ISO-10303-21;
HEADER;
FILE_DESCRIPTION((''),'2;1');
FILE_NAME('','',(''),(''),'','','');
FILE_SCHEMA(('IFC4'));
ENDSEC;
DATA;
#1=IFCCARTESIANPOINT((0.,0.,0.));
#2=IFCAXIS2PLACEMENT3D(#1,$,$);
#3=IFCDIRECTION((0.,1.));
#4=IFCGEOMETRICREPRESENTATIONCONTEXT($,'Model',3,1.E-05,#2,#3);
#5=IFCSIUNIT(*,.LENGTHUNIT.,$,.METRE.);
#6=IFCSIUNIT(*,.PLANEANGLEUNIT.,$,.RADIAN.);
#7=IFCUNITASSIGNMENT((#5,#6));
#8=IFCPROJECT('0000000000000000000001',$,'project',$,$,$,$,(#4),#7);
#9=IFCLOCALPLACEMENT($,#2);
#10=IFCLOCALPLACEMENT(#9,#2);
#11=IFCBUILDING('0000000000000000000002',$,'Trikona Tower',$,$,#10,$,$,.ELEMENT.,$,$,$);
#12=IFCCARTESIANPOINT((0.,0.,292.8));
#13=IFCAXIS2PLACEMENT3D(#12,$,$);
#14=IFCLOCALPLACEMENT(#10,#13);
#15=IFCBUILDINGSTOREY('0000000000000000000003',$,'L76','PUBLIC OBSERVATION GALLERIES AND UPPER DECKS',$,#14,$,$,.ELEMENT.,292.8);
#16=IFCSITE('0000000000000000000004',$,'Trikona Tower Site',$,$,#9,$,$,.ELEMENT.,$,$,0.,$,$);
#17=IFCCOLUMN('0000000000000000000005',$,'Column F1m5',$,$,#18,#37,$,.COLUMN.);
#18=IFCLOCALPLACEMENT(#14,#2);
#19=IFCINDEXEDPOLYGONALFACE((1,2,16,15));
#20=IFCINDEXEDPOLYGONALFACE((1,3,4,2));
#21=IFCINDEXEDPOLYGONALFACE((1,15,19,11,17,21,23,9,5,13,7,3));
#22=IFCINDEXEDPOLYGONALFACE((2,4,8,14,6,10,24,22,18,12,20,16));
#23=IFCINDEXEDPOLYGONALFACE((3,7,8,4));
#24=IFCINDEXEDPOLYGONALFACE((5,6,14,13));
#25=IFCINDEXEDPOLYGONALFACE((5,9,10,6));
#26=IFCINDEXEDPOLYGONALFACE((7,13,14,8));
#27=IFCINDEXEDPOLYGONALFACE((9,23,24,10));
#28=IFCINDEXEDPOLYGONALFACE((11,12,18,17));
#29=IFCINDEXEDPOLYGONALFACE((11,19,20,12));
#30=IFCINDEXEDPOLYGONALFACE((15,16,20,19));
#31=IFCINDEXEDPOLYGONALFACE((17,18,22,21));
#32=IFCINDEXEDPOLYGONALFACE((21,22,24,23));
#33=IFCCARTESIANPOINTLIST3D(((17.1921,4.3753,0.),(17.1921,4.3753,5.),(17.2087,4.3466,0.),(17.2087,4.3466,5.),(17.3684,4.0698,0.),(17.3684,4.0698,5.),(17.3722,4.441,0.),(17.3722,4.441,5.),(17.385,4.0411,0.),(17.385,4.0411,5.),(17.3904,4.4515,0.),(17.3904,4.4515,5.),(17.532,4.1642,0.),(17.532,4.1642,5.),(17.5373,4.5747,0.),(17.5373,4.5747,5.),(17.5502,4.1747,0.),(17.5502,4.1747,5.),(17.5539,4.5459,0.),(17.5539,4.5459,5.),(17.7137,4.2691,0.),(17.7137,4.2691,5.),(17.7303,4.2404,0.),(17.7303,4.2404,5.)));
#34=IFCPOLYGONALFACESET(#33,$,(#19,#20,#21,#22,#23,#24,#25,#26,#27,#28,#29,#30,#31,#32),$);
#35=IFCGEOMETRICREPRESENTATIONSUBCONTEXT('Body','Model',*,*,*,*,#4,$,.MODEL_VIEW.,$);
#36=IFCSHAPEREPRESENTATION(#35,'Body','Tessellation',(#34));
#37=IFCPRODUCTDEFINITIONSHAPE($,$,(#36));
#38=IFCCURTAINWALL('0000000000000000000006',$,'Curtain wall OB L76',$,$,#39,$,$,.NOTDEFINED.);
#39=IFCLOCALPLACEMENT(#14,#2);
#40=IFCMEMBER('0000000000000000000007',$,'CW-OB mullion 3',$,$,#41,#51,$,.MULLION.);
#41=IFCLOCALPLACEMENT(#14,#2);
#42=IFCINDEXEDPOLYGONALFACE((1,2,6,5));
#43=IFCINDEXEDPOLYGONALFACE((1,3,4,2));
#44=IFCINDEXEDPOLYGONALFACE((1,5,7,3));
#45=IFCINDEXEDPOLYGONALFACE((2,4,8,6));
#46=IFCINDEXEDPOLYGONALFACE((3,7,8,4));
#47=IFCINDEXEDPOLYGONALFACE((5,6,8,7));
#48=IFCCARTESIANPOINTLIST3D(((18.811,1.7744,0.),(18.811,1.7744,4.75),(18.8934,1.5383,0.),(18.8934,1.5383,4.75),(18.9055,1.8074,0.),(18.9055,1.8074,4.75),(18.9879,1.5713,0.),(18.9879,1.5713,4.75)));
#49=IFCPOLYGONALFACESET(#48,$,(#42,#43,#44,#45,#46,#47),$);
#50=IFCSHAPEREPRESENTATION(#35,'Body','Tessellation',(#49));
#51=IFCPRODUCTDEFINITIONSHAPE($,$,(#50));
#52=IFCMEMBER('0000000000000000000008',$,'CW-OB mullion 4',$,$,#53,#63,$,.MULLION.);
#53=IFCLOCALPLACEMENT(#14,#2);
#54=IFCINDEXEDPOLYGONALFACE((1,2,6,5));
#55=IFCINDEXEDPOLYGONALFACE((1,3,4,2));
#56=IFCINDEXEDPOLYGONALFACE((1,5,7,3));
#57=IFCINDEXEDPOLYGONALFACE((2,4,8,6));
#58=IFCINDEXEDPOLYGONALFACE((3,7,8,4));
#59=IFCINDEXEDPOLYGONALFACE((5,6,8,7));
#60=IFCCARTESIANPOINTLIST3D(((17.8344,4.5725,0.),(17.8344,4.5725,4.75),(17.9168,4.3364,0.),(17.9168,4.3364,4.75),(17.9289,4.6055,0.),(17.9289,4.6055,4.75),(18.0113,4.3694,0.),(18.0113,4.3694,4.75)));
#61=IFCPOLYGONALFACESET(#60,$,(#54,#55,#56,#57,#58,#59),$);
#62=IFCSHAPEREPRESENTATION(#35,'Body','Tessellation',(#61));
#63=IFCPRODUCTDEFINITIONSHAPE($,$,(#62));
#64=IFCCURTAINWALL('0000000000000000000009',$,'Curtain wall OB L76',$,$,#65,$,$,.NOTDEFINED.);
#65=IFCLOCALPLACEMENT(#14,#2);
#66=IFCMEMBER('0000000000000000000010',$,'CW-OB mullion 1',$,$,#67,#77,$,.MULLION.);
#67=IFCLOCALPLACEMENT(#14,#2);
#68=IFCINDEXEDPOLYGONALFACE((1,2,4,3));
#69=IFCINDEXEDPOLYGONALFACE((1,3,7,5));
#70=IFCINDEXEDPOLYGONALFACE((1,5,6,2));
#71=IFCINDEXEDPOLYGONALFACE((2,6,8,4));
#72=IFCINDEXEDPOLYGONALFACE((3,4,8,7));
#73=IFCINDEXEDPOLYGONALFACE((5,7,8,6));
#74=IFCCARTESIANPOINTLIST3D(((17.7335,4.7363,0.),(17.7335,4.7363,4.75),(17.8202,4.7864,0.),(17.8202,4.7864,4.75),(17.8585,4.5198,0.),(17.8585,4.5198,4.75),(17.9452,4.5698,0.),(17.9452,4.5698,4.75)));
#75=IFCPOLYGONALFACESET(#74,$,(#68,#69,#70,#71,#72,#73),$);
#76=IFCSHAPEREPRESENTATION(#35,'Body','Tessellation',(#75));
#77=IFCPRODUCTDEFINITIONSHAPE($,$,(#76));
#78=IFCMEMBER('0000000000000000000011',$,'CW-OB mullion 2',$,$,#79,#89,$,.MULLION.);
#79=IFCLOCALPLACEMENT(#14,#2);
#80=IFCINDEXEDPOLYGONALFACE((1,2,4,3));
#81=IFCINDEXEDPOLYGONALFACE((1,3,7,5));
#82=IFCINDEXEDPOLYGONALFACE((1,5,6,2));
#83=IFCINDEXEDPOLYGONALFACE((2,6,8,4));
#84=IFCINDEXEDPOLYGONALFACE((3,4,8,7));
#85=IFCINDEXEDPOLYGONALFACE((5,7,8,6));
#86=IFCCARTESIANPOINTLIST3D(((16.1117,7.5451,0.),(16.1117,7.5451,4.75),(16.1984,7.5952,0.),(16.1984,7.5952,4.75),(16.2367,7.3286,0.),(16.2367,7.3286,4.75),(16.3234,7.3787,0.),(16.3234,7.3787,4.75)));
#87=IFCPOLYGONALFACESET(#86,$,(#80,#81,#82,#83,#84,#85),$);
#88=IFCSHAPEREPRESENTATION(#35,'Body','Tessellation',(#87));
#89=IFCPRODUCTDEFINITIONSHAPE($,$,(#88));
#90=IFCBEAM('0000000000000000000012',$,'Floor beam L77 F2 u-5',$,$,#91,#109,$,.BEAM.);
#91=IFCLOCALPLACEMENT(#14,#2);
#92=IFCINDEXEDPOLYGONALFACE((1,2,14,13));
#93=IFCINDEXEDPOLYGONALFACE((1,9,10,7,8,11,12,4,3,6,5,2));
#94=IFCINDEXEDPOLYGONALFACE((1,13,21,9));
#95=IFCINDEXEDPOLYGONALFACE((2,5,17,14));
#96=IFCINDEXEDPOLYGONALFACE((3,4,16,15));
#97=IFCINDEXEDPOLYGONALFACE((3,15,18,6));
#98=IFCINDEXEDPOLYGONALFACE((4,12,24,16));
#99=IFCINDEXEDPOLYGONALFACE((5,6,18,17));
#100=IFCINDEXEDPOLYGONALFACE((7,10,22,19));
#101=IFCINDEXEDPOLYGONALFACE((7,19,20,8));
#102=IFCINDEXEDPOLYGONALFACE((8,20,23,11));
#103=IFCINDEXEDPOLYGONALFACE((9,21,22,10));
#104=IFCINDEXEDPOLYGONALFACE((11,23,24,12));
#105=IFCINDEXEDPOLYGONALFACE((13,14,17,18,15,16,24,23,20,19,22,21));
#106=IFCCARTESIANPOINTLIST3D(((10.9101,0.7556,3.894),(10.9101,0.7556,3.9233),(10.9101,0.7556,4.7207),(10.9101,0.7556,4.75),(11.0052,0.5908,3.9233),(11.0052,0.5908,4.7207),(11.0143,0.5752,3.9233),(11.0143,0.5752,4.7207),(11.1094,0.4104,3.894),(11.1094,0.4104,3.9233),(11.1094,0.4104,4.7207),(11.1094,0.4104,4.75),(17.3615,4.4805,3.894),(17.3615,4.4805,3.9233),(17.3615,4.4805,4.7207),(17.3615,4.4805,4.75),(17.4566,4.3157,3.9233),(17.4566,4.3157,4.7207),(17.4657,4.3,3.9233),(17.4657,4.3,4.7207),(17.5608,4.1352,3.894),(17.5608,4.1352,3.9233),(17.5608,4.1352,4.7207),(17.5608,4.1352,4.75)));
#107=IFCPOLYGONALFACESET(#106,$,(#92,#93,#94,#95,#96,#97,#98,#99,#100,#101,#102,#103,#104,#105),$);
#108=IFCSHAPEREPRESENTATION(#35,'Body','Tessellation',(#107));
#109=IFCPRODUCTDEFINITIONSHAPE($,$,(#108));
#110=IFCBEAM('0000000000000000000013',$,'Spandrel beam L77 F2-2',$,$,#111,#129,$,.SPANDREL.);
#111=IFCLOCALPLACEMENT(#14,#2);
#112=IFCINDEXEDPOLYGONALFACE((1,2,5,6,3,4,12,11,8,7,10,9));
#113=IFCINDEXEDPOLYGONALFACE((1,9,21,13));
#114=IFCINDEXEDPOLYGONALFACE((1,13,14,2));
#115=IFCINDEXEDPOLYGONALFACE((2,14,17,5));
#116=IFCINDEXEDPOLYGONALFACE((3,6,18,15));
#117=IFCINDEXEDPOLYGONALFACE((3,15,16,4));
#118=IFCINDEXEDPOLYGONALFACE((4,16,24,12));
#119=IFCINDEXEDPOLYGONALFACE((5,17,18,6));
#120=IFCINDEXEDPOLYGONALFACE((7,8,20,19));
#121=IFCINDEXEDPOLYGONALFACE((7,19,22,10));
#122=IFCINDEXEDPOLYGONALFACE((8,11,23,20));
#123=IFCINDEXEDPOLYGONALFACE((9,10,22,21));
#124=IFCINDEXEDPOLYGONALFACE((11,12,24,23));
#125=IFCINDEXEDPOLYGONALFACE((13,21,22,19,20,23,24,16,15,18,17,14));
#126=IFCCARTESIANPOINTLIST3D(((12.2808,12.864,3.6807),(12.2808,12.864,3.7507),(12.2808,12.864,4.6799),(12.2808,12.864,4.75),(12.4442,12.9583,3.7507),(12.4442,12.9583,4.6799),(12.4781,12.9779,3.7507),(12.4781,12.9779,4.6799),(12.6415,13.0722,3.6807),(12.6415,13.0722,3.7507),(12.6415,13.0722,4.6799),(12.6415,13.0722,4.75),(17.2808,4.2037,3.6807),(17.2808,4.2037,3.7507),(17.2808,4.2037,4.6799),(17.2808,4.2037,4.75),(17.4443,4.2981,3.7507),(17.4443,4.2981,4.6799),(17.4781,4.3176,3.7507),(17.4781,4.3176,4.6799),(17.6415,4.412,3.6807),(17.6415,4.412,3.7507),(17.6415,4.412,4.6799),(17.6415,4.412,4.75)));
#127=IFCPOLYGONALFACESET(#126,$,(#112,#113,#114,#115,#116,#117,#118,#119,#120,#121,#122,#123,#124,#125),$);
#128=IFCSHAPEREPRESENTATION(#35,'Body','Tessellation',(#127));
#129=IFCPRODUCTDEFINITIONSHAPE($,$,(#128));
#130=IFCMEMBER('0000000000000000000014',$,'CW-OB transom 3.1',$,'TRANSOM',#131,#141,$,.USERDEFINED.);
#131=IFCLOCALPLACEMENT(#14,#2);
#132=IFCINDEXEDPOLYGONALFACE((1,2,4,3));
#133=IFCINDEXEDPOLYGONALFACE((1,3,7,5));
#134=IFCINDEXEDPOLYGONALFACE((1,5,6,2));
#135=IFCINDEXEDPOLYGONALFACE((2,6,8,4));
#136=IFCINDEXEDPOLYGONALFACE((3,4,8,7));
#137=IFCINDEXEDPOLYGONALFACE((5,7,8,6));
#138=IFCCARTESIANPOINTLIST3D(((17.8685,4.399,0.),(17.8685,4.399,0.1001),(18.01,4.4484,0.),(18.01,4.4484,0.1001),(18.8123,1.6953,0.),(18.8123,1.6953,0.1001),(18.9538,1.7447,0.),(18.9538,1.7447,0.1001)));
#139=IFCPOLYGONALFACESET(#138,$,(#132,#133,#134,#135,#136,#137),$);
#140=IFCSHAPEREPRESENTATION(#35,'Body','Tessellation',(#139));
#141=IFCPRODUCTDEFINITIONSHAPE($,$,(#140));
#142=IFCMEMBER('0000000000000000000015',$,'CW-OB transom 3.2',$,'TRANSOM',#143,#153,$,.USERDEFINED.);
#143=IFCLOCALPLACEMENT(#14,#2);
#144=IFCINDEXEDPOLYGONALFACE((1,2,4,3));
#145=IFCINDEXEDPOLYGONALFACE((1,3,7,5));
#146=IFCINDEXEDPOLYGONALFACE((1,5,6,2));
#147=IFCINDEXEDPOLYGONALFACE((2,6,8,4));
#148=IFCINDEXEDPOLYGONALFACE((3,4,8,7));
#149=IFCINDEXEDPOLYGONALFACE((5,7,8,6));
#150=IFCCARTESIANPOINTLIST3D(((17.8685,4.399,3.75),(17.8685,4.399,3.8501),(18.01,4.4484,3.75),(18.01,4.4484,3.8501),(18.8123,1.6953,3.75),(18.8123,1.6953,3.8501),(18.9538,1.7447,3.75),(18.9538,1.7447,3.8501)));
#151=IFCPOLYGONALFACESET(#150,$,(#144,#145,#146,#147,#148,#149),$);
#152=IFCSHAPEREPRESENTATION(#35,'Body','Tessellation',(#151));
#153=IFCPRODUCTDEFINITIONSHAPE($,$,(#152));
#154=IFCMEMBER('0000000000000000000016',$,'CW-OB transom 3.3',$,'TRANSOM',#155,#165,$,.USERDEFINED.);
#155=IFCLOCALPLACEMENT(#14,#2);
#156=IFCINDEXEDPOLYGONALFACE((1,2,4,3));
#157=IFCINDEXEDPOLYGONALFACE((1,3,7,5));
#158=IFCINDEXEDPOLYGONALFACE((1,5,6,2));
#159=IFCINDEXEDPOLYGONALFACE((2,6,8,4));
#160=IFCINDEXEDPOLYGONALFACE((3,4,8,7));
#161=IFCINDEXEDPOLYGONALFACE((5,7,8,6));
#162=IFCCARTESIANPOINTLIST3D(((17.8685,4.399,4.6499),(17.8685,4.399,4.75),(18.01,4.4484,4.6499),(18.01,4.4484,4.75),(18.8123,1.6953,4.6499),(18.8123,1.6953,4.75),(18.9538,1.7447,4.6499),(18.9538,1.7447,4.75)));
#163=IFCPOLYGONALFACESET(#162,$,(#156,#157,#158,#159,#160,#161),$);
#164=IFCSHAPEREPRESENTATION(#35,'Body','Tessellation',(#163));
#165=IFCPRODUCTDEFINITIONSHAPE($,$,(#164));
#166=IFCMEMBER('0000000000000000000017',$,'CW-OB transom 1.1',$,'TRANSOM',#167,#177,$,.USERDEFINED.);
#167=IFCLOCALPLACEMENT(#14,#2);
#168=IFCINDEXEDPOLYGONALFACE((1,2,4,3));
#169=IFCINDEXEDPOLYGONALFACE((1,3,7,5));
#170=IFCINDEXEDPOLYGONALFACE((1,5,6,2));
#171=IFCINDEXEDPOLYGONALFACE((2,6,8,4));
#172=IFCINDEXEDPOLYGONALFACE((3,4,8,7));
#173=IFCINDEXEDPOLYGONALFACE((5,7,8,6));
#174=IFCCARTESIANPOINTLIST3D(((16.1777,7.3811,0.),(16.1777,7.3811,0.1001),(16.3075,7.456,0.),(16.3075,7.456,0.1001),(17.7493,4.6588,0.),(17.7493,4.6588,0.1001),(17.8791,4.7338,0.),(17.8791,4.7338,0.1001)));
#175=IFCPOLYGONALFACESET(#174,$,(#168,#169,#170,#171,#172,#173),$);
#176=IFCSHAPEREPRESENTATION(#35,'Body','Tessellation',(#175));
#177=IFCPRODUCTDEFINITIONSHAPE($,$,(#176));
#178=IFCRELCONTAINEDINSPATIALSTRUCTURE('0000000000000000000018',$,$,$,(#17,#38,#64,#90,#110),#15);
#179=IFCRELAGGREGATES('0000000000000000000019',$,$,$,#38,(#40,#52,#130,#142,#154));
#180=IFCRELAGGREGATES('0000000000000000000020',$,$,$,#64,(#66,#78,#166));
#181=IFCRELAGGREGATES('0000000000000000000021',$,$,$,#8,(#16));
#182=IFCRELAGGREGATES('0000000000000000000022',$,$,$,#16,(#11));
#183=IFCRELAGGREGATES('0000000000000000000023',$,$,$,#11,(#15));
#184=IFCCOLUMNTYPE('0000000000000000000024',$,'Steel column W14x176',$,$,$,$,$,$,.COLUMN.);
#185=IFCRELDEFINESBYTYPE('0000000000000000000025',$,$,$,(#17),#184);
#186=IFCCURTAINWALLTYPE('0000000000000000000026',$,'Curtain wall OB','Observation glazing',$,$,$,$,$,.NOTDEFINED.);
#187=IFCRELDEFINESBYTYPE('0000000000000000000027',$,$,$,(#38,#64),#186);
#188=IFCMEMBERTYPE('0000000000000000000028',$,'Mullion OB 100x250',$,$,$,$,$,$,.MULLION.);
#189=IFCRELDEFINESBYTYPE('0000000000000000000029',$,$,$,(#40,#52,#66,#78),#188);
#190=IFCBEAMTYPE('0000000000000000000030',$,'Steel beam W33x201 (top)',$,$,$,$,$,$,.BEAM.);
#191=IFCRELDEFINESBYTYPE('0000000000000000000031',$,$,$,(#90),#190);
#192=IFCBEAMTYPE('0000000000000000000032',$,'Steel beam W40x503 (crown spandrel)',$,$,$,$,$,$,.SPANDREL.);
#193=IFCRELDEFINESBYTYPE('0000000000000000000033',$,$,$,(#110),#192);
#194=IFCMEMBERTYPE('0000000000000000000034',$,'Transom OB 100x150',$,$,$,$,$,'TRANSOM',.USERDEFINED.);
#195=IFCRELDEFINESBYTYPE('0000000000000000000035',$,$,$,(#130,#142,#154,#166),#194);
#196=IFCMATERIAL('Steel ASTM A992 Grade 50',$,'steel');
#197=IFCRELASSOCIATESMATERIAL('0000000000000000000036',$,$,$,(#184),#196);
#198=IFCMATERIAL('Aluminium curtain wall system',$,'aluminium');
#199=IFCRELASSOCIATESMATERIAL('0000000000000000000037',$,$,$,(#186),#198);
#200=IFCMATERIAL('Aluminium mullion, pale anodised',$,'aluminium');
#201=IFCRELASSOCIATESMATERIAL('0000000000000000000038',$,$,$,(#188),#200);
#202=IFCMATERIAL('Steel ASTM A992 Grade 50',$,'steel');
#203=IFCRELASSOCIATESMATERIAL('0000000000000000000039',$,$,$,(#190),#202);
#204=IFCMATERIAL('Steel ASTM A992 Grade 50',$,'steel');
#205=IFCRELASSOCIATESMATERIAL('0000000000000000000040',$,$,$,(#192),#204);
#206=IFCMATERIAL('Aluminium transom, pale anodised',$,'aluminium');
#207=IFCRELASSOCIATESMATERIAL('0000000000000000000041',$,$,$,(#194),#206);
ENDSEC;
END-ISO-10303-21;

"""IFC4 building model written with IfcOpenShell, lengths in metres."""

from ifc_helpers import new_model, si_unit, direction, frame, origin, origin_2d, place, context, subcontext, project, spatial, rectangle, i_section, extrude, material, material_profile, profile_set, type_object, element, aggregate, save


model = new_model("IFC4")

# Units and contexts
model_context = context("Model", 3, precision=1e-05, world=origin(), true_north=direction((0.0, 1.0)))
body_context = subcontext(model_context, "Body", "Model", "MODEL_VIEW")
ifc_project = project(units=[si_unit("LENGTHUNIT", "METRE"), si_unit("PLANEANGLEUNIT", "RADIAN")], contexts=[model_context])

# Site, building, storey
site_placement = place(None, origin())
site = spatial("IfcSite", under=ifc_project, at=site_placement, Name="Trikona Tower Site", CompositionType="ELEMENT", RefElevation=0.0)
building_placement = place(site_placement, origin())
building = spatial("IfcBuilding", under=site, at=building_placement, Name="Trikona Tower", CompositionType="ELEMENT")
storey_placement = place(building_placement, frame((0.0, 0.0, 292.8)))
storey = spatial("IfcBuildingStorey", under=building, at=storey_placement, Name="L76", Description="PUBLIC OBSERVATION GALLERIES AND UPPER DECKS", CompositionType="ELEMENT", Elevation=292.8)

# Column
ifc_material_1 = material(Name="Steel ASTM A992 Grade 50", Category="steel")
ifc_material_profile_1 = material_profile(ifc_material_1, i_section(OverallWidth=0.3987, OverallDepth=0.386, WebThickness=0.021, FlangeThickness=0.0332, at=origin_2d()), Name="W14X176")
ifc_profile_set_1 = profile_set([ifc_material_profile_1], Name="Steel ASTM A992 Grade 50")
column_type = type_object("IfcColumnType", Name="Steel column W14x176", PredefinedType="COLUMN", material=ifc_profile_set_1)
column_placement = place(storey_placement, frame((17.4612, 4.3079, 0.0), z_axis=(0.0, 0.0, 1.0), x_axis=(0.866025, 0.5, 0.0)))
element("IfcColumn", 1, at=column_placement, inside=storey, type_object=column_type, Name="Column F1m5", PredefinedType="COLUMN", context=body_context, shape_type="SweptSolid", body=[
    extrude(i_section(OverallWidth=0.3987, OverallDepth=0.386, WebThickness=0.021, FlangeThickness=0.0332, at=origin_2d()), origin(), (0.0, 0.0, 1.0), 5.0),
])

# Curtain walls, members
ifc_material_2 = material(Name="Aluminium curtain wall system", Category="aluminium")
curtain_wall_type = type_object("IfcCurtainWallType", Name="Curtain wall OB", Description="Observation glazing", PredefinedType="NOTDEFINED", material=ifc_material_2)
curtain_wall_1_placement = place(storey_placement, origin())
curtain_wall_1 = element("IfcCurtainWall", 2, at=curtain_wall_1_placement, inside=storey, type_object=curtain_wall_type, Name="Curtain wall OB L76", PredefinedType="NOTDEFINED")
ifc_material_3 = material(Name="Aluminium mullion, pale anodised", Category="aluminium")
ifc_material_profile_2 = material_profile(ifc_material_3, rectangle(XDim=0.1001, YDim=0.25, at=origin_2d()), Name="MUL-OB")
ifc_profile_set_2 = profile_set([ifc_material_profile_2], Name="Aluminium mullion, pale anodised")
member_type_1 = type_object("IfcMemberType", Name="Mullion OB 100x250", PredefinedType="MULLION", material=ifc_profile_set_2)
member_1_placement = place(storey_placement, frame((18.8994, 1.6729, 0.0), z_axis=(0.0, 0.0, 1.0), x_axis=(-0.944137, -0.329552, 0.0)))
member_1 = element("IfcMember", 3, at=member_1_placement, type_object=member_type_1, Name="CW-OB mullion 3", PredefinedType="MULLION", context=body_context, shape_type="SweptSolid", body=[
    extrude(rectangle(XDim=0.1001, YDim=0.25, at=origin_2d()), origin(), (0.0, 0.0, 1.0), 4.75),
])
member_2_placement = place(storey_placement, frame((17.9229, 4.4709, 0.0), z_axis=(0.0, 0.0, 1.0), x_axis=(-0.944137, -0.329552, 0.0)))
member_2 = element("IfcMember", 4, at=member_2_placement, type_object=member_type_1, Name="CW-OB mullion 4", PredefinedType="MULLION", context=body_context, shape_type="SweptSolid", body=[
    extrude(rectangle(XDim=0.1001, YDim=0.25, at=origin_2d()), origin(), (0.0, 0.0, 1.0), 4.75),
])
curtain_wall_2_placement = place(storey_placement, origin())
curtain_wall_2 = element("IfcCurtainWall", 5, at=curtain_wall_2_placement, inside=storey, type_object=curtain_wall_type, Name="Curtain wall OB L76", PredefinedType="NOTDEFINED")
member_3_placement = place(storey_placement, frame((17.8394, 4.6531, 0.0), z_axis=(0.0, 0.0, 1.0), x_axis=(-0.866022, -0.500006, 0.0)))
member_3 = element("IfcMember", 6, at=member_3_placement, type_object=member_type_1, Name="CW-OB mullion 1", PredefinedType="MULLION", context=body_context, shape_type="SweptSolid", body=[
    extrude(rectangle(XDim=0.1001, YDim=0.25, at=origin_2d()), origin(), (0.0, 0.0, 1.0), 4.75),
])
member_4_placement = place(storey_placement, frame((16.2175, 7.4619, 0.0), z_axis=(0.0, 0.0, 1.0), x_axis=(-0.866022, -0.500006, 0.0)))
member_4 = element("IfcMember", 7, at=member_4_placement, type_object=member_type_1, Name="CW-OB mullion 2", PredefinedType="MULLION", context=body_context, shape_type="SweptSolid", body=[
    extrude(rectangle(XDim=0.1001, YDim=0.25, at=origin_2d()), origin(), (0.0, 0.0, 1.0), 4.75),
])

# Beams
ifc_material_4 = material(Name="Steel ASTM A992 Grade 50", Category="steel")
ifc_material_profile_3 = material_profile(ifc_material_4, i_section(OverallWidth=0.3987, OverallDepth=0.856, WebThickness=0.0181, FlangeThickness=0.0293, at=origin_2d()), Name="W33X201")
ifc_profile_set_3 = profile_set([ifc_material_profile_3], Name="Steel ASTM A992 Grade 50")
beam_type_1 = type_object("IfcBeamType", Name="Steel beam W33x201 (top)", PredefinedType="BEAM", material=ifc_profile_set_3)
beam_1_placement = place(storey_placement, frame((11.0098, 0.583, 4.322), z_axis=(0.866018, 0.500013, 0.0), x_axis=(-0.500013, 0.866018, 0.0)))
element("IfcBeam", 8, at=beam_1_placement, inside=storey, type_object=beam_type_1, Name="Floor beam L77 F2 u-5", PredefinedType="BEAM", context=body_context, shape_type="SweptSolid", body=[
    extrude(i_section(OverallWidth=0.3987, OverallDepth=0.856, WebThickness=0.0181, FlangeThickness=0.0293, at=origin_2d()), origin(), (0.0, 0.0, 1.0), 7.4495),
])
ifc_material_5 = material(Name="Steel ASTM A992 Grade 50", Category="steel")
ifc_material_profile_4 = material_profile(ifc_material_5, i_section(OverallWidth=0.4165, OverallDepth=1.0693, WebThickness=0.0391, FlangeThickness=0.0701, at=origin_2d()), Name="W40X503")
ifc_profile_set_4 = profile_set([ifc_material_profile_4], Name="Steel ASTM A992 Grade 50")
beam_type_2 = type_object("IfcBeamType", Name="Steel beam W40x503 (crown spandrel)", PredefinedType="SPANDREL", material=ifc_profile_set_4)
beam_2_placement = place(storey_placement, frame((17.4612, 4.3079, 4.2153), z_axis=(-0.500004, 0.866023, 0.0), x_axis=(-0.866023, -0.500004, 0.0)))
element("IfcBeam", 9, at=beam_2_placement, inside=storey, type_object=beam_type_2, Name="Spandrel beam L77 F2-2", PredefinedType="SPANDREL", context=body_context, shape_type="SweptSolid", body=[
    extrude(i_section(OverallWidth=0.4165, OverallDepth=1.0693, WebThickness=0.0391, FlangeThickness=0.0701, at=origin_2d()), origin(), (0.0, 0.0, 1.0), 10.0),
])

# Members
ifc_material_6 = material(Name="Aluminium transom, pale anodised", Category="aluminium")
ifc_material_profile_5 = material_profile(ifc_material_6, rectangle(XDim=0.1499, YDim=0.1001, at=origin_2d()), Name="TRN-OB")
ifc_profile_set_5 = profile_set([ifc_material_profile_5], Name="Aluminium transom, pale anodised")
member_type_2 = type_object("IfcMemberType", Name="Transom OB 100x150", ElementType="TRANSOM", PredefinedType="USERDEFINED", material=ifc_profile_set_5)
member_5_placement = place(storey_placement, frame((18.8831, 1.72, 0.05), z_axis=(-0.329572, 0.94413, 0.0), x_axis=(-0.94413, -0.329572, 0.0)))
member_5 = element("IfcMember", 10, at=member_5_placement, type_object=member_type_2, Name="CW-OB transom 3.1", ObjectType="TRANSOM", PredefinedType="USERDEFINED", context=body_context, shape_type="SweptSolid", body=[
    extrude(rectangle(XDim=0.1499, YDim=0.1001, at=origin_2d()), origin(), (0.0, 0.0, 1.0), 2.8638),
])
member_6_placement = place(storey_placement, frame((18.8831, 1.72, 3.8), z_axis=(-0.329572, 0.94413, 0.0), x_axis=(-0.94413, -0.329572, 0.0)))
member_6 = element("IfcMember", 11, at=member_6_placement, type_object=member_type_2, Name="CW-OB transom 3.2", ObjectType="TRANSOM", PredefinedType="USERDEFINED", context=body_context, shape_type="SweptSolid", body=[
    extrude(rectangle(XDim=0.1499, YDim=0.1001, at=origin_2d()), origin(), (0.0, 0.0, 1.0), 2.8638),
])
member_7_placement = place(storey_placement, frame((18.8831, 1.72, 4.7), z_axis=(-0.329572, 0.94413, 0.0), x_axis=(-0.94413, -0.329572, 0.0)))
member_7 = element("IfcMember", 12, at=member_7_placement, type_object=member_type_2, Name="CW-OB transom 3.3", ObjectType="TRANSOM", PredefinedType="USERDEFINED", context=body_context, shape_type="SweptSolid", body=[
    extrude(rectangle(XDim=0.1499, YDim=0.1001, at=origin_2d()), origin(), (0.0, 0.0, 1.0), 2.8638),
])
member_8_placement = place(storey_placement, frame((17.8142, 4.6963, 0.05), z_axis=(-0.499973, 0.866041, 0.0), x_axis=(-0.866041, -0.499973, 0.0)))
member_8 = element("IfcMember", 13, at=member_8_placement, type_object=member_type_2, Name="CW-OB transom 1.1", ObjectType="TRANSOM", PredefinedType="USERDEFINED", context=body_context, shape_type="SweptSolid", body=[
    extrude(rectangle(XDim=0.1499, YDim=0.1001, at=origin_2d()), origin(), (0.0, 0.0, 1.0), 3.1433),
])

aggregate(curtain_wall_1, [member_1, member_2, member_5, member_6, member_7])
aggregate(curtain_wall_2, [member_3, member_4, member_8])

save(model, "model.ifc")
